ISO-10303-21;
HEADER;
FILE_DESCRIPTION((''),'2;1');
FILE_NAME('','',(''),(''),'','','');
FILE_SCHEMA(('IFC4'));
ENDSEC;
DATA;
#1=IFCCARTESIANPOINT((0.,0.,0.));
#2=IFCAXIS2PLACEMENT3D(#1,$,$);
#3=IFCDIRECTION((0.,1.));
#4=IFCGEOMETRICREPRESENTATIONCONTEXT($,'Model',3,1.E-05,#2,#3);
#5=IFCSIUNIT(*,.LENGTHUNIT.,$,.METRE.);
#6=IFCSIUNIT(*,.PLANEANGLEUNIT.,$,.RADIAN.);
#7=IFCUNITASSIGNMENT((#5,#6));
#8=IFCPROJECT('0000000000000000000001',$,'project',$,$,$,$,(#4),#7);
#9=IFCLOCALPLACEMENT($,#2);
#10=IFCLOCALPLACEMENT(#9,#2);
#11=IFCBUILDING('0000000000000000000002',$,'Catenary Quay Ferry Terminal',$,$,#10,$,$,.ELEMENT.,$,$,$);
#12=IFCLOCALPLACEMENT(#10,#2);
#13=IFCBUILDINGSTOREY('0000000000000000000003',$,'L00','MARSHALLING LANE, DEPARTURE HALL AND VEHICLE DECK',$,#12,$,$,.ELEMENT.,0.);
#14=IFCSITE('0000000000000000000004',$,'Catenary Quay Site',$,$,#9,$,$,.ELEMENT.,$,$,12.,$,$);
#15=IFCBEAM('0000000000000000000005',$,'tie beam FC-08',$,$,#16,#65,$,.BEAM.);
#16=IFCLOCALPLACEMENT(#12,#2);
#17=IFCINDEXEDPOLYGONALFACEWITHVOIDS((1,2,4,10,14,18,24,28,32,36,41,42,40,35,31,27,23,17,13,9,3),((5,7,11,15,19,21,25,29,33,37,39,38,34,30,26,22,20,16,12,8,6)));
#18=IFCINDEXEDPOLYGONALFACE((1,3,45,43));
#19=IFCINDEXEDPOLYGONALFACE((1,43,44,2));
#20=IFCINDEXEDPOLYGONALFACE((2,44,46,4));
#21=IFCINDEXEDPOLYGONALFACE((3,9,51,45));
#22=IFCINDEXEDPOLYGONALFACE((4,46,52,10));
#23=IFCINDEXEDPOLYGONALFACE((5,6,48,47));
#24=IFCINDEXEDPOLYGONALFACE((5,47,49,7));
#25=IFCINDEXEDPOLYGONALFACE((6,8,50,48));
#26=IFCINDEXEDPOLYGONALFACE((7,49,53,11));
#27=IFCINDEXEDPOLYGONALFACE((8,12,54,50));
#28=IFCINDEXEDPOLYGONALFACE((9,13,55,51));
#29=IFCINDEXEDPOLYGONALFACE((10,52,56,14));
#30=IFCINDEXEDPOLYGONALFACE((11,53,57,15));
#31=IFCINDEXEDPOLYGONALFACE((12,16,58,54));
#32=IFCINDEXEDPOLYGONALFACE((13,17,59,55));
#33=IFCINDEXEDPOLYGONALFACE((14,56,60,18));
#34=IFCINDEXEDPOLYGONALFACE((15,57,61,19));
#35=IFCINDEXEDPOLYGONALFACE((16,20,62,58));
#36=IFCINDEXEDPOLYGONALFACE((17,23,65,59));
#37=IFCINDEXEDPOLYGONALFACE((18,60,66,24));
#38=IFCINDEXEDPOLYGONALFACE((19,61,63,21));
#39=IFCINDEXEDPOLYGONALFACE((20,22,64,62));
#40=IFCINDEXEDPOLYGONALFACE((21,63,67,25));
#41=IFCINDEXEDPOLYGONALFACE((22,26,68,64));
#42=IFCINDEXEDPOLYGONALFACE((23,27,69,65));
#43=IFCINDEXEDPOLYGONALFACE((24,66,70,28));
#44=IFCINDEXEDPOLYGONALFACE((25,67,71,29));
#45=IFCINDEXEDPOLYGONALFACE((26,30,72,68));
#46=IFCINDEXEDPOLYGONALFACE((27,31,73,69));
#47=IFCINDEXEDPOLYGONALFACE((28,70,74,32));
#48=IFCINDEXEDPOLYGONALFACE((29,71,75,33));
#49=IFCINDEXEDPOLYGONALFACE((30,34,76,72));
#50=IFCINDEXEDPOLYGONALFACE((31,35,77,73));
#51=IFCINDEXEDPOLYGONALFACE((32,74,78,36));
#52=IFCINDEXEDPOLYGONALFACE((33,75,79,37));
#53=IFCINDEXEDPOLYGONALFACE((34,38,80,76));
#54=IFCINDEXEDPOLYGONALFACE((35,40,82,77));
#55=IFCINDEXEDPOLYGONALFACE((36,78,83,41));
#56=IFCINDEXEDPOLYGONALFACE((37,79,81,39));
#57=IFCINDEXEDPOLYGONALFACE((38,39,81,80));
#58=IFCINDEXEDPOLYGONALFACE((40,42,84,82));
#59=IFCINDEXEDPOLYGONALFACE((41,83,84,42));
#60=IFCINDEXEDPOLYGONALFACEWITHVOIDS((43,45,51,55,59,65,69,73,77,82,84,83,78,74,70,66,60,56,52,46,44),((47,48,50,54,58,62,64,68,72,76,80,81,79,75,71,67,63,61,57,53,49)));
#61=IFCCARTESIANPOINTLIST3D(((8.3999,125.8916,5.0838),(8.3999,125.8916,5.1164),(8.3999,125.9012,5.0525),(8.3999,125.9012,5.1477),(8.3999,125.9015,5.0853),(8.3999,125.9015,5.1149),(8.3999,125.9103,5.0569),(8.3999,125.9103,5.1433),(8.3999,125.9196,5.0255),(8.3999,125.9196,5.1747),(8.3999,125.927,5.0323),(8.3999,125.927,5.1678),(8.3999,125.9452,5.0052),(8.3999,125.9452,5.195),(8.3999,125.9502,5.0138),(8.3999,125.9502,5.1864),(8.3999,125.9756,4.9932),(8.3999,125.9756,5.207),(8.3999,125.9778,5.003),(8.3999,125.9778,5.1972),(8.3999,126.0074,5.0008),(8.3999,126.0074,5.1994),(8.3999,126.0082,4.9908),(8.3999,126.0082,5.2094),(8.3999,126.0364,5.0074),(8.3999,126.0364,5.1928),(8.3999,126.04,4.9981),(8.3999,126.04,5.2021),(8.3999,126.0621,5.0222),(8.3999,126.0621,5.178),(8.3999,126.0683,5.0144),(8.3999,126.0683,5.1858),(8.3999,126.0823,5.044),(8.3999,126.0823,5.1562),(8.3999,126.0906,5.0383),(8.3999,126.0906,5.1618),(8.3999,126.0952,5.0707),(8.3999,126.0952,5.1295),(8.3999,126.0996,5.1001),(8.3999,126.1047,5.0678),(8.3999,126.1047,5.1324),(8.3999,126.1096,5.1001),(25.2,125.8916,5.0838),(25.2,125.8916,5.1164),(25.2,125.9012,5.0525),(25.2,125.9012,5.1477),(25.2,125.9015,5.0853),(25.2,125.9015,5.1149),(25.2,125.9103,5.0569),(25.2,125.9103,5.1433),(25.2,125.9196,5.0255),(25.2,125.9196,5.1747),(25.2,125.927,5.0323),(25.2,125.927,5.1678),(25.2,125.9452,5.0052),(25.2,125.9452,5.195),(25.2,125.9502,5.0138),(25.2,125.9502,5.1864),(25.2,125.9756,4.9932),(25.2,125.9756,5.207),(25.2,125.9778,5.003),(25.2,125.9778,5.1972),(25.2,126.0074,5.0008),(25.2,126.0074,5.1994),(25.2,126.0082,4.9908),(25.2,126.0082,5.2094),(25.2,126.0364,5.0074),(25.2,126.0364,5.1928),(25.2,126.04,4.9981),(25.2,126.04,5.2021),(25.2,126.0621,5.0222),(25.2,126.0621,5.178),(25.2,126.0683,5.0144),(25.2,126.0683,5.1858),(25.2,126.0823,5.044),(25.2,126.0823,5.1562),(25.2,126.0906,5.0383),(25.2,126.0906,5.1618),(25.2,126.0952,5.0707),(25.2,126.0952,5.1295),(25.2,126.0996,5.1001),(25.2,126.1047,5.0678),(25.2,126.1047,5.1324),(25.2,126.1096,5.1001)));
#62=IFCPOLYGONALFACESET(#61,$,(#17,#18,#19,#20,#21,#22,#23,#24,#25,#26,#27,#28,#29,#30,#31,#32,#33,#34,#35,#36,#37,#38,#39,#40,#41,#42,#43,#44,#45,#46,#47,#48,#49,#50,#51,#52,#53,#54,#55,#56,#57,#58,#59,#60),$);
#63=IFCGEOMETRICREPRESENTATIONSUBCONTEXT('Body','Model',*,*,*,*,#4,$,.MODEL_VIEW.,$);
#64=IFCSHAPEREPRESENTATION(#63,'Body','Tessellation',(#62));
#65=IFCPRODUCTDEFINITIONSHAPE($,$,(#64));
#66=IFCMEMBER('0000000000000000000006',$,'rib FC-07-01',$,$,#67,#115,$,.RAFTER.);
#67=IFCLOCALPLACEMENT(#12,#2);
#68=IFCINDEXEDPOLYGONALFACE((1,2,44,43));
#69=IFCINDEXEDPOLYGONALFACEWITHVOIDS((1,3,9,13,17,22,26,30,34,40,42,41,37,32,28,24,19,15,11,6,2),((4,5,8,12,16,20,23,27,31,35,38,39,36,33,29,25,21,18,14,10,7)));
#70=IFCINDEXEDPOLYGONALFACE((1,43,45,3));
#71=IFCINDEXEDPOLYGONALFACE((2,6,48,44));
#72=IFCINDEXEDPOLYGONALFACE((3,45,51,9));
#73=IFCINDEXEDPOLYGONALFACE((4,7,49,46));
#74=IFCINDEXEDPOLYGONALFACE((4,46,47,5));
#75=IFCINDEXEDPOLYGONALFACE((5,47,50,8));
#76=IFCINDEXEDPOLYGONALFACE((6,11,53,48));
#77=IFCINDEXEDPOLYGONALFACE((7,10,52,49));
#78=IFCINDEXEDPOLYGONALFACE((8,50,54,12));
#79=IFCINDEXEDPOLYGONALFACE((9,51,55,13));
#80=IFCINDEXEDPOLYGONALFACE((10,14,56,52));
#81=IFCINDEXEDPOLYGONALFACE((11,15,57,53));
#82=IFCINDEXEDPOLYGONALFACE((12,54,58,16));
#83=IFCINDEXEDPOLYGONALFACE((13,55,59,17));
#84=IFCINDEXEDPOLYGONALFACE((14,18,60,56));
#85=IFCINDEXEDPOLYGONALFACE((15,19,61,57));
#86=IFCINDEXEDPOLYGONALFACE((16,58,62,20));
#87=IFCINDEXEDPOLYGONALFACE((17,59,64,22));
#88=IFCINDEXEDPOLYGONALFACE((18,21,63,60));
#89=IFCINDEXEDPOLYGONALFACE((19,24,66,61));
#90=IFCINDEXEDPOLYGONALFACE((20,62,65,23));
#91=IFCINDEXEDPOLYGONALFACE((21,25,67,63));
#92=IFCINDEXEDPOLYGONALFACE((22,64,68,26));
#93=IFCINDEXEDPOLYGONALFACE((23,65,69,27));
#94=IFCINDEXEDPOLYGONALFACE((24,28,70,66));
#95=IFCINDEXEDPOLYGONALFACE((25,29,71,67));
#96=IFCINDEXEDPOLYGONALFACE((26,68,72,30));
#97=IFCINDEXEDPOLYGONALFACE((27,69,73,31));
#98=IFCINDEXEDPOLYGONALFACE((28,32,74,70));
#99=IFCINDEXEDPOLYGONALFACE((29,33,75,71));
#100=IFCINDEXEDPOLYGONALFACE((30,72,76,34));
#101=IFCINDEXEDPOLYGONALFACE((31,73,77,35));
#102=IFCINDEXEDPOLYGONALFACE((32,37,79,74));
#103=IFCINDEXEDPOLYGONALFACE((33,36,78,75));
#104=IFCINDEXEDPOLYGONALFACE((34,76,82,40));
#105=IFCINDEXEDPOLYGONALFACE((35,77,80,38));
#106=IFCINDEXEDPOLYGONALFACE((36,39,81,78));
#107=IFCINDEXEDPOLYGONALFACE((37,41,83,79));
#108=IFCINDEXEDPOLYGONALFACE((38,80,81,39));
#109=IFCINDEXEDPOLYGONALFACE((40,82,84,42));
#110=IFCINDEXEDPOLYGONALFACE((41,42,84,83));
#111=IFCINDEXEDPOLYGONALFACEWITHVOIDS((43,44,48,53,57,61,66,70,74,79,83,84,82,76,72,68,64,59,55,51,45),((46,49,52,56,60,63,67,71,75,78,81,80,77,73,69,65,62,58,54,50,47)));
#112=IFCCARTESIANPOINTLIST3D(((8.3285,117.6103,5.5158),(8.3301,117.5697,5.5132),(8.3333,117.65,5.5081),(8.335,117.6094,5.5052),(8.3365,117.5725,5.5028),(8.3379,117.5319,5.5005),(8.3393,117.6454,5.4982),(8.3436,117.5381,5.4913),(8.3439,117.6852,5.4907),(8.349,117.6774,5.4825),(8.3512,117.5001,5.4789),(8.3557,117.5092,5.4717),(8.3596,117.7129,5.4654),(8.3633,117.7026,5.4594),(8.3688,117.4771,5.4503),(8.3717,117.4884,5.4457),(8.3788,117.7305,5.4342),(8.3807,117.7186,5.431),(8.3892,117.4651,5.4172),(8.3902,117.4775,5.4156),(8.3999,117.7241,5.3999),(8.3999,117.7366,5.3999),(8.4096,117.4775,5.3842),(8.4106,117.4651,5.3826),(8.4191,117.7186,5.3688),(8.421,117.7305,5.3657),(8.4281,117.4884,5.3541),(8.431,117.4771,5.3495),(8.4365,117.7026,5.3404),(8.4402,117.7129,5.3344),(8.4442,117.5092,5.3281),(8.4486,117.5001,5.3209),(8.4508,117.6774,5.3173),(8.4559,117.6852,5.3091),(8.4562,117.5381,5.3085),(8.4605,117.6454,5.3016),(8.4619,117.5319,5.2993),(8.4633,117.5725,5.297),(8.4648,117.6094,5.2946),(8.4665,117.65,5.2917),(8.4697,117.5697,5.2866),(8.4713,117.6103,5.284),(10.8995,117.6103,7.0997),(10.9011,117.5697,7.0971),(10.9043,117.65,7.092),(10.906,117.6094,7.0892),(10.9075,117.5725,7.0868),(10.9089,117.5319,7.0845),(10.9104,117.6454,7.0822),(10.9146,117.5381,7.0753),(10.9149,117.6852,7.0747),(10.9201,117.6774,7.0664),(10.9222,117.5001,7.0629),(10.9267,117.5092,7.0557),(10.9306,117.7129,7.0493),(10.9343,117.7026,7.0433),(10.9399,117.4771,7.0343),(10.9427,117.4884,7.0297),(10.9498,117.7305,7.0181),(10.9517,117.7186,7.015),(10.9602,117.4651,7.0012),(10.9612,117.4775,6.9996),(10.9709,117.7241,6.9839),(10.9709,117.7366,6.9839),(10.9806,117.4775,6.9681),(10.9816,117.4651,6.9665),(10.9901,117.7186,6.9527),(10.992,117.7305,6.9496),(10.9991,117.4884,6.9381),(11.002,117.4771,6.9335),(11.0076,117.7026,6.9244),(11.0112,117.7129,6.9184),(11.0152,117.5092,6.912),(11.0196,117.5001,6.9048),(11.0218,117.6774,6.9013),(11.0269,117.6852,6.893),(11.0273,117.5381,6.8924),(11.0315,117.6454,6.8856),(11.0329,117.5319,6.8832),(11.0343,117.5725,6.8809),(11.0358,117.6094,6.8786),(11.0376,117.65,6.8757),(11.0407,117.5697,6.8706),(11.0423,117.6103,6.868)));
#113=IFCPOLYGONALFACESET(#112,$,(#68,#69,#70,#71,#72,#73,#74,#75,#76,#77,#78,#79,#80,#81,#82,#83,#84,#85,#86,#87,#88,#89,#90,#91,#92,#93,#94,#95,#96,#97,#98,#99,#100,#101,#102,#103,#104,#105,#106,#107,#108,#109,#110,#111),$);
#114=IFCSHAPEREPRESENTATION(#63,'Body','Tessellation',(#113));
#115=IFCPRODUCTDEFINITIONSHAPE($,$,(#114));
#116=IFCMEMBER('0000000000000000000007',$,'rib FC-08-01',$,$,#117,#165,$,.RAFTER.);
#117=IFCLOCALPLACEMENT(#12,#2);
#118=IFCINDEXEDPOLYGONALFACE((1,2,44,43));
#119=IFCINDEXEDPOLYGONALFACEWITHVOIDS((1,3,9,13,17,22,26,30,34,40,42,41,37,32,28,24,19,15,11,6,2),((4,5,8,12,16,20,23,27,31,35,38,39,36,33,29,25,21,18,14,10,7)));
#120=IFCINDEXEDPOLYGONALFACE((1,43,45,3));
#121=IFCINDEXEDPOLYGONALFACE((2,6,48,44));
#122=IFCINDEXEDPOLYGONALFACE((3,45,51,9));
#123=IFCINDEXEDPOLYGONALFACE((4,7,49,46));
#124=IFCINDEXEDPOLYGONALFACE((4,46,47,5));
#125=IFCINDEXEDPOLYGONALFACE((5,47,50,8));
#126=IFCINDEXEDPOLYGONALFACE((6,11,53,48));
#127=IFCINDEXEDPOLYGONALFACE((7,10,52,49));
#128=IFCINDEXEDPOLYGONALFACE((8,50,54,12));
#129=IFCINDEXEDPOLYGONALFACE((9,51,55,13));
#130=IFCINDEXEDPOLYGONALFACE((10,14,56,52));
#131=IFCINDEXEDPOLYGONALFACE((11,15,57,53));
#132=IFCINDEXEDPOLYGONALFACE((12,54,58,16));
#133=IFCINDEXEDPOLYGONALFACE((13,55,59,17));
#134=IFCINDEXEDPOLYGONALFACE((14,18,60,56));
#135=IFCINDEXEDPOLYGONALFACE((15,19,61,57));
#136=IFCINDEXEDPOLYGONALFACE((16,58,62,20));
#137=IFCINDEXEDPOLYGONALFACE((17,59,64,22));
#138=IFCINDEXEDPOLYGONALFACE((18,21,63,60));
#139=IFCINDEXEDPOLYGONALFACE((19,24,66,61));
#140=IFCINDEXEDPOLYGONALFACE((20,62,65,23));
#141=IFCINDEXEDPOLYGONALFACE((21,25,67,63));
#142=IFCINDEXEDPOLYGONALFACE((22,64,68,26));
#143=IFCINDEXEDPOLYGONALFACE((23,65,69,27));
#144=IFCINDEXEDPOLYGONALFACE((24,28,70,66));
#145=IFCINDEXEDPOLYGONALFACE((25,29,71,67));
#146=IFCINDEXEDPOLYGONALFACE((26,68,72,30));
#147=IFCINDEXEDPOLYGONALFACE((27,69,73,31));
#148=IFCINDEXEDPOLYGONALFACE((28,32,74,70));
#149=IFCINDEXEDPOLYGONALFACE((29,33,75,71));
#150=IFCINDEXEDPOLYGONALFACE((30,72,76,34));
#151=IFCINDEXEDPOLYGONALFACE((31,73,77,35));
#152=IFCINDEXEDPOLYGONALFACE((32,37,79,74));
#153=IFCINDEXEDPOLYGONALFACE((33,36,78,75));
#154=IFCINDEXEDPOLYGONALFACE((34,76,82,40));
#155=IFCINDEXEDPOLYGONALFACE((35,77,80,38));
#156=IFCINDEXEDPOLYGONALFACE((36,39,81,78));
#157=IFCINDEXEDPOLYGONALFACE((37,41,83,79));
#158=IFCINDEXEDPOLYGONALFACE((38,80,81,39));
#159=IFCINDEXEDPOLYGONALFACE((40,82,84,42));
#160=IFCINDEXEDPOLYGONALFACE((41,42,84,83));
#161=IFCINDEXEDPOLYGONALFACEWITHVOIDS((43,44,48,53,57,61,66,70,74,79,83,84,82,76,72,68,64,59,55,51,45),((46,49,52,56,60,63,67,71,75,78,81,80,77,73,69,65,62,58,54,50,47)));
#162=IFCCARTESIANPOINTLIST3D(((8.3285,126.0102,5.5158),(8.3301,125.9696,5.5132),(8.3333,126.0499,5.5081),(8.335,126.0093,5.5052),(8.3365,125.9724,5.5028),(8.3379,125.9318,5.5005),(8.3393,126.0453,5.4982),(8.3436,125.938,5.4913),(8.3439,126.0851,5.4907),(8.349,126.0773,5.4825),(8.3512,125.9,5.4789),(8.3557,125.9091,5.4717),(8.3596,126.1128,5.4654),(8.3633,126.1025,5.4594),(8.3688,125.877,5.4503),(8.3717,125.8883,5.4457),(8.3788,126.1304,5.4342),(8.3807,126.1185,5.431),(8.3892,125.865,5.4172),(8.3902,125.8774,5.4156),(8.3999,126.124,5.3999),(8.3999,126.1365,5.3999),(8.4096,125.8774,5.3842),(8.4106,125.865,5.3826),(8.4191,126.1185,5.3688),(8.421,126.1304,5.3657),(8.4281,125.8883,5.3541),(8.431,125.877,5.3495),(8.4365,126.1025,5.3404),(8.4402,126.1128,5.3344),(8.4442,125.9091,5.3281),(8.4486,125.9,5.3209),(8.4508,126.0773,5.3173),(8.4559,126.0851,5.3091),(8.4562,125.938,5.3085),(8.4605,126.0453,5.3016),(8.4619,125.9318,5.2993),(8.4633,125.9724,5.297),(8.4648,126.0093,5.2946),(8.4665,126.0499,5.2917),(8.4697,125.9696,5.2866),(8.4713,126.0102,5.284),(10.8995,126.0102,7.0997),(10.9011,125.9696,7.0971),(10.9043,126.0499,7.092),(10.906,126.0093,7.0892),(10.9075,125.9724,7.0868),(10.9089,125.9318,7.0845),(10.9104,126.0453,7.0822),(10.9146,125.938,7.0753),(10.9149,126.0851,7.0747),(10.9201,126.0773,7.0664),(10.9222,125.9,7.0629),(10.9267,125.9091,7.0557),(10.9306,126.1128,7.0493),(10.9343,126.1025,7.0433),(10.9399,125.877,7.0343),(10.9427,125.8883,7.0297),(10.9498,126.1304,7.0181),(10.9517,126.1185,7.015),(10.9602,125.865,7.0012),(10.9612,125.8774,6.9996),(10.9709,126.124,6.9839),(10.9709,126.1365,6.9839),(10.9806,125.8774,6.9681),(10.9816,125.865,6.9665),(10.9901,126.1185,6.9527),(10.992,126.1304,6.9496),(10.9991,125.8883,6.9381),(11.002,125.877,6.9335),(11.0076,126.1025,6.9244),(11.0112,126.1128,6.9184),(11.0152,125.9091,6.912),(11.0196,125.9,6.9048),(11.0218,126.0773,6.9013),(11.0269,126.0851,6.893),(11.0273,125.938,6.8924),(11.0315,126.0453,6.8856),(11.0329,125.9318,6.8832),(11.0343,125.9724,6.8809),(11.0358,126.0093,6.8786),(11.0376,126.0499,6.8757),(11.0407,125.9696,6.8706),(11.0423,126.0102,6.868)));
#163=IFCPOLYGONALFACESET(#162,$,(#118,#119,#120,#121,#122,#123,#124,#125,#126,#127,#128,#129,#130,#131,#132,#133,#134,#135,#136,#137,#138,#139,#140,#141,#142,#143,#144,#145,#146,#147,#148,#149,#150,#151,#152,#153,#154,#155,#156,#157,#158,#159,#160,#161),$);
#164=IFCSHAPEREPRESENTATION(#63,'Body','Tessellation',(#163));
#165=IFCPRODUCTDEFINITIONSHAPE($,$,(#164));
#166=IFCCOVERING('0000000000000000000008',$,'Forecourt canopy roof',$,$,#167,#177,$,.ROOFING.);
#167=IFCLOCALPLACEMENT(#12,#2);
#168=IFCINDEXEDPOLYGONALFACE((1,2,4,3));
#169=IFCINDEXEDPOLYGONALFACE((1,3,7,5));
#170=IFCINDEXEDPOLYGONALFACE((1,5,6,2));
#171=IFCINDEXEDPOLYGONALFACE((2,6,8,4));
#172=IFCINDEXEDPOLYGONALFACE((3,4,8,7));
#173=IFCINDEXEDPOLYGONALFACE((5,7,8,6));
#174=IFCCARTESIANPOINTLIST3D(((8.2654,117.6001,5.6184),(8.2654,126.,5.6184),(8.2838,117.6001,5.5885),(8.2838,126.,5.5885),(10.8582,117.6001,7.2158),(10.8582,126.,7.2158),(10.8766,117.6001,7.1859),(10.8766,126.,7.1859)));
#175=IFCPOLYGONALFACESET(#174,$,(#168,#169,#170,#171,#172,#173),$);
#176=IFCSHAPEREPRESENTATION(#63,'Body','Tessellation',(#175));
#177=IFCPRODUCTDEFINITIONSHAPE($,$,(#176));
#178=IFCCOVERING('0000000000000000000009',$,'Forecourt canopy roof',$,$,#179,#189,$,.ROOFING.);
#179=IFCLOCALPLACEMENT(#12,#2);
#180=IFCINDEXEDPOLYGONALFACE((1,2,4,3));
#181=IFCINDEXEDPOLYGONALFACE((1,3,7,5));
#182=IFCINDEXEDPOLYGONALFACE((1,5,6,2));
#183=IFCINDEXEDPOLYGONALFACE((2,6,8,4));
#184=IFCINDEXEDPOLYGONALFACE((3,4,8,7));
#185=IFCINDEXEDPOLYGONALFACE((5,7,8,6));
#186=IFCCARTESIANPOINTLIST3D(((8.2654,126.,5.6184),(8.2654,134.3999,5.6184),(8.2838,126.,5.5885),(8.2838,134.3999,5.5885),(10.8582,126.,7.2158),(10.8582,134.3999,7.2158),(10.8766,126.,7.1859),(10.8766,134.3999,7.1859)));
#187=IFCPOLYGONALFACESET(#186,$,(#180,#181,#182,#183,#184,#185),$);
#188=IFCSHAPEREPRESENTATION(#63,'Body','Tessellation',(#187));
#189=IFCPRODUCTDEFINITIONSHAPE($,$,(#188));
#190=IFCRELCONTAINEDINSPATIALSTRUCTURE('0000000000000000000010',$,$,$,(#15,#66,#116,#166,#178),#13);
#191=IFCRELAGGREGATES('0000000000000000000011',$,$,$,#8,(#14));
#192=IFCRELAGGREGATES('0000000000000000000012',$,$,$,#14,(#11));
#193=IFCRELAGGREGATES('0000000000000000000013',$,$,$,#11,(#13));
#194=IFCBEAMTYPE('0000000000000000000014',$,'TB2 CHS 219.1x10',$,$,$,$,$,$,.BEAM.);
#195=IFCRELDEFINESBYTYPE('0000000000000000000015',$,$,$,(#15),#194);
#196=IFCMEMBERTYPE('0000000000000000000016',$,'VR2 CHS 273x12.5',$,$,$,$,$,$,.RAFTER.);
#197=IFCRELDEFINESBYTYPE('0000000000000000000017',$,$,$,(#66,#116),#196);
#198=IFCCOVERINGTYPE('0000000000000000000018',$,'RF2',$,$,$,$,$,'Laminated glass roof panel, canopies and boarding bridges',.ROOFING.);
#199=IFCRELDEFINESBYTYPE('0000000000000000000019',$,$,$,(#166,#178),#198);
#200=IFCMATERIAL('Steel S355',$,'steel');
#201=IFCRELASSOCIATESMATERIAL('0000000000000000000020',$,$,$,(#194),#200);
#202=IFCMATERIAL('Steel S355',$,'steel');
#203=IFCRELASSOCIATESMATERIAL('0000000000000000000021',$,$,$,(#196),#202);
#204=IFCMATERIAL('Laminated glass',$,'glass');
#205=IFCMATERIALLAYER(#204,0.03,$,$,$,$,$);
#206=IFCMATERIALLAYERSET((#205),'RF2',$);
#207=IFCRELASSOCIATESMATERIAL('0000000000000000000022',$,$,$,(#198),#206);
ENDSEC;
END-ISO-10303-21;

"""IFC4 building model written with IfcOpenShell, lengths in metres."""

from ifc_helpers import new_model, si_unit, direction, frame, origin, origin_2d, place, context, subcontext, project, spatial, polyline, hollow_circle, outline, extrude, material, layer, layer_set, material_profile, profile_set, type_object, element, save


model = new_model("IFC4")

# Units and contexts
model_context = context("Model", 3, precision=1e-05, world=origin(), true_north=direction((0.0, 1.0)))
body_context = subcontext(model_context, "Body", "Model", "MODEL_VIEW")
ifc_project = project(units=[si_unit("LENGTHUNIT", "METRE"), si_unit("PLANEANGLEUNIT", "RADIAN")], contexts=[model_context])

# Site, building, storey
site_placement = place(None, origin())
site = spatial("IfcSite", under=ifc_project, at=site_placement, Name="Catenary Quay Site", CompositionType="ELEMENT", RefElevation=12.0)
building_placement = place(site_placement, origin())
building = spatial("IfcBuilding", under=site, at=building_placement, Name="Catenary Quay Ferry Terminal", CompositionType="ELEMENT")
storey_placement = place(building_placement, origin())
storey = spatial("IfcBuildingStorey", under=building, at=storey_placement, Name="L00", Description="MARSHALLING LANE, DEPARTURE HALL AND VEHICLE DECK", CompositionType="ELEMENT", Elevation=0.0)

# Beam
ifc_material_1 = material(Name="Steel S355", Category="steel")
ifc_material_profile_1 = material_profile(ifc_material_1, hollow_circle(Radius=0.1096, WallThickness=0.01, at=origin_2d()), Name="CHS 219.1x10")
ifc_profile_set_1 = profile_set([ifc_material_profile_1], Name="Steel S355")
beam_type_1 = type_object("IfcBeamType", Name="TB2 CHS 219.1x10", PredefinedType="BEAM", material=ifc_profile_set_1)
for number, where, z_axis, x_axis, name in (
    (1, (8.3999, 126.0, 5.1001), (1.0, 0.0, 0.0), (0.0, 1.0, 0.0), "tie beam FC-08"),
):
    element("IfcBeam", number, at=place(storey_placement, frame(where, z_axis=z_axis, x_axis=x_axis)), inside=storey, type_object=beam_type_1, Name=name, PredefinedType="BEAM", context=body_context, shape_type="SweptSolid", body=[
        extrude(hollow_circle(Radius=0.1096, WallThickness=0.01, at=origin_2d()), origin(), (0.0, 0.0, 1.0), 16.8),
    ])

# Members
ifc_material_2 = material(Name="Steel S355", Category="steel")
ifc_material_profile_2 = material_profile(ifc_material_2, hollow_circle(Radius=0.1365, WallThickness=0.0125, at=origin_2d()), Name="CHS 273x12.5")
ifc_profile_set_2 = profile_set([ifc_material_profile_2], Name="Steel S355")
member_type_1 = type_object("IfcMemberType", Name="VR2 CHS 273x12.5", PredefinedType="RAFTER", material=ifc_profile_set_2)
for number, where, z_axis, x_axis, name in (
    (2, (8.3999, 117.6001, 5.3999), (0.851392, 0.0, 0.52453), (0.0, 1.0, 0.0), "rib FC-07-01"),
    (3, (8.3999, 126.0, 5.3999), (0.851392, 0.0, 0.52453), (0.0, 1.0, 0.0), "rib FC-08-01"),
):
    element("IfcMember", number, at=place(storey_placement, frame(where, z_axis=z_axis, x_axis=x_axis)), inside=storey, type_object=member_type_1, Name=name, PredefinedType="RAFTER", context=body_context, shape_type="SweptSolid", body=[
        extrude(hollow_circle(Radius=0.1365, WallThickness=0.0125, at=origin_2d()), origin(), (0.0, 0.0, 1.0), 3.0198),
    ])

# Coverings
ifc_material_3 = material(Name="Laminated glass", Category="glass")
ifc_layer = layer(ifc_material_3, 0.03)
ifc_layer_set = layer_set([ifc_layer], Name="RF2")
covering_type = type_object("IfcCoveringType", Name="RF2", ElementType="Laminated glass roof panel, canopies and boarding bridges", PredefinedType="ROOFING", material=ifc_layer_set)
for number, where, z_axis, x_axis, name in (
    (4, (8.2654, 117.6001, 5.6184), (-0.52454, 0.0, 0.851386), (0.0, 1.0, 0.0), "Forecourt canopy roof"),
    (5, (8.2654, 126.0, 5.6184), (-0.52454, 0.0, 0.851386), (0.0, 1.0, 0.0), "Forecourt canopy roof"),
):
    element("IfcCovering", number, at=place(storey_placement, frame(where, z_axis=z_axis, x_axis=x_axis)), inside=storey, type_object=covering_type, Name=name, PredefinedType="ROOFING", context=body_context, shape_type="SweptSolid", body=[
        extrude(outline(polyline([(0.0, 0.0), (8.3999, 0.0), (8.3999, -3.0454), (0.0, -3.0454), (0.0, 0.0)])), origin(), (0.0, 0.0, -1.0), 0.0352),
    ])

save(model, "model.ifc")
